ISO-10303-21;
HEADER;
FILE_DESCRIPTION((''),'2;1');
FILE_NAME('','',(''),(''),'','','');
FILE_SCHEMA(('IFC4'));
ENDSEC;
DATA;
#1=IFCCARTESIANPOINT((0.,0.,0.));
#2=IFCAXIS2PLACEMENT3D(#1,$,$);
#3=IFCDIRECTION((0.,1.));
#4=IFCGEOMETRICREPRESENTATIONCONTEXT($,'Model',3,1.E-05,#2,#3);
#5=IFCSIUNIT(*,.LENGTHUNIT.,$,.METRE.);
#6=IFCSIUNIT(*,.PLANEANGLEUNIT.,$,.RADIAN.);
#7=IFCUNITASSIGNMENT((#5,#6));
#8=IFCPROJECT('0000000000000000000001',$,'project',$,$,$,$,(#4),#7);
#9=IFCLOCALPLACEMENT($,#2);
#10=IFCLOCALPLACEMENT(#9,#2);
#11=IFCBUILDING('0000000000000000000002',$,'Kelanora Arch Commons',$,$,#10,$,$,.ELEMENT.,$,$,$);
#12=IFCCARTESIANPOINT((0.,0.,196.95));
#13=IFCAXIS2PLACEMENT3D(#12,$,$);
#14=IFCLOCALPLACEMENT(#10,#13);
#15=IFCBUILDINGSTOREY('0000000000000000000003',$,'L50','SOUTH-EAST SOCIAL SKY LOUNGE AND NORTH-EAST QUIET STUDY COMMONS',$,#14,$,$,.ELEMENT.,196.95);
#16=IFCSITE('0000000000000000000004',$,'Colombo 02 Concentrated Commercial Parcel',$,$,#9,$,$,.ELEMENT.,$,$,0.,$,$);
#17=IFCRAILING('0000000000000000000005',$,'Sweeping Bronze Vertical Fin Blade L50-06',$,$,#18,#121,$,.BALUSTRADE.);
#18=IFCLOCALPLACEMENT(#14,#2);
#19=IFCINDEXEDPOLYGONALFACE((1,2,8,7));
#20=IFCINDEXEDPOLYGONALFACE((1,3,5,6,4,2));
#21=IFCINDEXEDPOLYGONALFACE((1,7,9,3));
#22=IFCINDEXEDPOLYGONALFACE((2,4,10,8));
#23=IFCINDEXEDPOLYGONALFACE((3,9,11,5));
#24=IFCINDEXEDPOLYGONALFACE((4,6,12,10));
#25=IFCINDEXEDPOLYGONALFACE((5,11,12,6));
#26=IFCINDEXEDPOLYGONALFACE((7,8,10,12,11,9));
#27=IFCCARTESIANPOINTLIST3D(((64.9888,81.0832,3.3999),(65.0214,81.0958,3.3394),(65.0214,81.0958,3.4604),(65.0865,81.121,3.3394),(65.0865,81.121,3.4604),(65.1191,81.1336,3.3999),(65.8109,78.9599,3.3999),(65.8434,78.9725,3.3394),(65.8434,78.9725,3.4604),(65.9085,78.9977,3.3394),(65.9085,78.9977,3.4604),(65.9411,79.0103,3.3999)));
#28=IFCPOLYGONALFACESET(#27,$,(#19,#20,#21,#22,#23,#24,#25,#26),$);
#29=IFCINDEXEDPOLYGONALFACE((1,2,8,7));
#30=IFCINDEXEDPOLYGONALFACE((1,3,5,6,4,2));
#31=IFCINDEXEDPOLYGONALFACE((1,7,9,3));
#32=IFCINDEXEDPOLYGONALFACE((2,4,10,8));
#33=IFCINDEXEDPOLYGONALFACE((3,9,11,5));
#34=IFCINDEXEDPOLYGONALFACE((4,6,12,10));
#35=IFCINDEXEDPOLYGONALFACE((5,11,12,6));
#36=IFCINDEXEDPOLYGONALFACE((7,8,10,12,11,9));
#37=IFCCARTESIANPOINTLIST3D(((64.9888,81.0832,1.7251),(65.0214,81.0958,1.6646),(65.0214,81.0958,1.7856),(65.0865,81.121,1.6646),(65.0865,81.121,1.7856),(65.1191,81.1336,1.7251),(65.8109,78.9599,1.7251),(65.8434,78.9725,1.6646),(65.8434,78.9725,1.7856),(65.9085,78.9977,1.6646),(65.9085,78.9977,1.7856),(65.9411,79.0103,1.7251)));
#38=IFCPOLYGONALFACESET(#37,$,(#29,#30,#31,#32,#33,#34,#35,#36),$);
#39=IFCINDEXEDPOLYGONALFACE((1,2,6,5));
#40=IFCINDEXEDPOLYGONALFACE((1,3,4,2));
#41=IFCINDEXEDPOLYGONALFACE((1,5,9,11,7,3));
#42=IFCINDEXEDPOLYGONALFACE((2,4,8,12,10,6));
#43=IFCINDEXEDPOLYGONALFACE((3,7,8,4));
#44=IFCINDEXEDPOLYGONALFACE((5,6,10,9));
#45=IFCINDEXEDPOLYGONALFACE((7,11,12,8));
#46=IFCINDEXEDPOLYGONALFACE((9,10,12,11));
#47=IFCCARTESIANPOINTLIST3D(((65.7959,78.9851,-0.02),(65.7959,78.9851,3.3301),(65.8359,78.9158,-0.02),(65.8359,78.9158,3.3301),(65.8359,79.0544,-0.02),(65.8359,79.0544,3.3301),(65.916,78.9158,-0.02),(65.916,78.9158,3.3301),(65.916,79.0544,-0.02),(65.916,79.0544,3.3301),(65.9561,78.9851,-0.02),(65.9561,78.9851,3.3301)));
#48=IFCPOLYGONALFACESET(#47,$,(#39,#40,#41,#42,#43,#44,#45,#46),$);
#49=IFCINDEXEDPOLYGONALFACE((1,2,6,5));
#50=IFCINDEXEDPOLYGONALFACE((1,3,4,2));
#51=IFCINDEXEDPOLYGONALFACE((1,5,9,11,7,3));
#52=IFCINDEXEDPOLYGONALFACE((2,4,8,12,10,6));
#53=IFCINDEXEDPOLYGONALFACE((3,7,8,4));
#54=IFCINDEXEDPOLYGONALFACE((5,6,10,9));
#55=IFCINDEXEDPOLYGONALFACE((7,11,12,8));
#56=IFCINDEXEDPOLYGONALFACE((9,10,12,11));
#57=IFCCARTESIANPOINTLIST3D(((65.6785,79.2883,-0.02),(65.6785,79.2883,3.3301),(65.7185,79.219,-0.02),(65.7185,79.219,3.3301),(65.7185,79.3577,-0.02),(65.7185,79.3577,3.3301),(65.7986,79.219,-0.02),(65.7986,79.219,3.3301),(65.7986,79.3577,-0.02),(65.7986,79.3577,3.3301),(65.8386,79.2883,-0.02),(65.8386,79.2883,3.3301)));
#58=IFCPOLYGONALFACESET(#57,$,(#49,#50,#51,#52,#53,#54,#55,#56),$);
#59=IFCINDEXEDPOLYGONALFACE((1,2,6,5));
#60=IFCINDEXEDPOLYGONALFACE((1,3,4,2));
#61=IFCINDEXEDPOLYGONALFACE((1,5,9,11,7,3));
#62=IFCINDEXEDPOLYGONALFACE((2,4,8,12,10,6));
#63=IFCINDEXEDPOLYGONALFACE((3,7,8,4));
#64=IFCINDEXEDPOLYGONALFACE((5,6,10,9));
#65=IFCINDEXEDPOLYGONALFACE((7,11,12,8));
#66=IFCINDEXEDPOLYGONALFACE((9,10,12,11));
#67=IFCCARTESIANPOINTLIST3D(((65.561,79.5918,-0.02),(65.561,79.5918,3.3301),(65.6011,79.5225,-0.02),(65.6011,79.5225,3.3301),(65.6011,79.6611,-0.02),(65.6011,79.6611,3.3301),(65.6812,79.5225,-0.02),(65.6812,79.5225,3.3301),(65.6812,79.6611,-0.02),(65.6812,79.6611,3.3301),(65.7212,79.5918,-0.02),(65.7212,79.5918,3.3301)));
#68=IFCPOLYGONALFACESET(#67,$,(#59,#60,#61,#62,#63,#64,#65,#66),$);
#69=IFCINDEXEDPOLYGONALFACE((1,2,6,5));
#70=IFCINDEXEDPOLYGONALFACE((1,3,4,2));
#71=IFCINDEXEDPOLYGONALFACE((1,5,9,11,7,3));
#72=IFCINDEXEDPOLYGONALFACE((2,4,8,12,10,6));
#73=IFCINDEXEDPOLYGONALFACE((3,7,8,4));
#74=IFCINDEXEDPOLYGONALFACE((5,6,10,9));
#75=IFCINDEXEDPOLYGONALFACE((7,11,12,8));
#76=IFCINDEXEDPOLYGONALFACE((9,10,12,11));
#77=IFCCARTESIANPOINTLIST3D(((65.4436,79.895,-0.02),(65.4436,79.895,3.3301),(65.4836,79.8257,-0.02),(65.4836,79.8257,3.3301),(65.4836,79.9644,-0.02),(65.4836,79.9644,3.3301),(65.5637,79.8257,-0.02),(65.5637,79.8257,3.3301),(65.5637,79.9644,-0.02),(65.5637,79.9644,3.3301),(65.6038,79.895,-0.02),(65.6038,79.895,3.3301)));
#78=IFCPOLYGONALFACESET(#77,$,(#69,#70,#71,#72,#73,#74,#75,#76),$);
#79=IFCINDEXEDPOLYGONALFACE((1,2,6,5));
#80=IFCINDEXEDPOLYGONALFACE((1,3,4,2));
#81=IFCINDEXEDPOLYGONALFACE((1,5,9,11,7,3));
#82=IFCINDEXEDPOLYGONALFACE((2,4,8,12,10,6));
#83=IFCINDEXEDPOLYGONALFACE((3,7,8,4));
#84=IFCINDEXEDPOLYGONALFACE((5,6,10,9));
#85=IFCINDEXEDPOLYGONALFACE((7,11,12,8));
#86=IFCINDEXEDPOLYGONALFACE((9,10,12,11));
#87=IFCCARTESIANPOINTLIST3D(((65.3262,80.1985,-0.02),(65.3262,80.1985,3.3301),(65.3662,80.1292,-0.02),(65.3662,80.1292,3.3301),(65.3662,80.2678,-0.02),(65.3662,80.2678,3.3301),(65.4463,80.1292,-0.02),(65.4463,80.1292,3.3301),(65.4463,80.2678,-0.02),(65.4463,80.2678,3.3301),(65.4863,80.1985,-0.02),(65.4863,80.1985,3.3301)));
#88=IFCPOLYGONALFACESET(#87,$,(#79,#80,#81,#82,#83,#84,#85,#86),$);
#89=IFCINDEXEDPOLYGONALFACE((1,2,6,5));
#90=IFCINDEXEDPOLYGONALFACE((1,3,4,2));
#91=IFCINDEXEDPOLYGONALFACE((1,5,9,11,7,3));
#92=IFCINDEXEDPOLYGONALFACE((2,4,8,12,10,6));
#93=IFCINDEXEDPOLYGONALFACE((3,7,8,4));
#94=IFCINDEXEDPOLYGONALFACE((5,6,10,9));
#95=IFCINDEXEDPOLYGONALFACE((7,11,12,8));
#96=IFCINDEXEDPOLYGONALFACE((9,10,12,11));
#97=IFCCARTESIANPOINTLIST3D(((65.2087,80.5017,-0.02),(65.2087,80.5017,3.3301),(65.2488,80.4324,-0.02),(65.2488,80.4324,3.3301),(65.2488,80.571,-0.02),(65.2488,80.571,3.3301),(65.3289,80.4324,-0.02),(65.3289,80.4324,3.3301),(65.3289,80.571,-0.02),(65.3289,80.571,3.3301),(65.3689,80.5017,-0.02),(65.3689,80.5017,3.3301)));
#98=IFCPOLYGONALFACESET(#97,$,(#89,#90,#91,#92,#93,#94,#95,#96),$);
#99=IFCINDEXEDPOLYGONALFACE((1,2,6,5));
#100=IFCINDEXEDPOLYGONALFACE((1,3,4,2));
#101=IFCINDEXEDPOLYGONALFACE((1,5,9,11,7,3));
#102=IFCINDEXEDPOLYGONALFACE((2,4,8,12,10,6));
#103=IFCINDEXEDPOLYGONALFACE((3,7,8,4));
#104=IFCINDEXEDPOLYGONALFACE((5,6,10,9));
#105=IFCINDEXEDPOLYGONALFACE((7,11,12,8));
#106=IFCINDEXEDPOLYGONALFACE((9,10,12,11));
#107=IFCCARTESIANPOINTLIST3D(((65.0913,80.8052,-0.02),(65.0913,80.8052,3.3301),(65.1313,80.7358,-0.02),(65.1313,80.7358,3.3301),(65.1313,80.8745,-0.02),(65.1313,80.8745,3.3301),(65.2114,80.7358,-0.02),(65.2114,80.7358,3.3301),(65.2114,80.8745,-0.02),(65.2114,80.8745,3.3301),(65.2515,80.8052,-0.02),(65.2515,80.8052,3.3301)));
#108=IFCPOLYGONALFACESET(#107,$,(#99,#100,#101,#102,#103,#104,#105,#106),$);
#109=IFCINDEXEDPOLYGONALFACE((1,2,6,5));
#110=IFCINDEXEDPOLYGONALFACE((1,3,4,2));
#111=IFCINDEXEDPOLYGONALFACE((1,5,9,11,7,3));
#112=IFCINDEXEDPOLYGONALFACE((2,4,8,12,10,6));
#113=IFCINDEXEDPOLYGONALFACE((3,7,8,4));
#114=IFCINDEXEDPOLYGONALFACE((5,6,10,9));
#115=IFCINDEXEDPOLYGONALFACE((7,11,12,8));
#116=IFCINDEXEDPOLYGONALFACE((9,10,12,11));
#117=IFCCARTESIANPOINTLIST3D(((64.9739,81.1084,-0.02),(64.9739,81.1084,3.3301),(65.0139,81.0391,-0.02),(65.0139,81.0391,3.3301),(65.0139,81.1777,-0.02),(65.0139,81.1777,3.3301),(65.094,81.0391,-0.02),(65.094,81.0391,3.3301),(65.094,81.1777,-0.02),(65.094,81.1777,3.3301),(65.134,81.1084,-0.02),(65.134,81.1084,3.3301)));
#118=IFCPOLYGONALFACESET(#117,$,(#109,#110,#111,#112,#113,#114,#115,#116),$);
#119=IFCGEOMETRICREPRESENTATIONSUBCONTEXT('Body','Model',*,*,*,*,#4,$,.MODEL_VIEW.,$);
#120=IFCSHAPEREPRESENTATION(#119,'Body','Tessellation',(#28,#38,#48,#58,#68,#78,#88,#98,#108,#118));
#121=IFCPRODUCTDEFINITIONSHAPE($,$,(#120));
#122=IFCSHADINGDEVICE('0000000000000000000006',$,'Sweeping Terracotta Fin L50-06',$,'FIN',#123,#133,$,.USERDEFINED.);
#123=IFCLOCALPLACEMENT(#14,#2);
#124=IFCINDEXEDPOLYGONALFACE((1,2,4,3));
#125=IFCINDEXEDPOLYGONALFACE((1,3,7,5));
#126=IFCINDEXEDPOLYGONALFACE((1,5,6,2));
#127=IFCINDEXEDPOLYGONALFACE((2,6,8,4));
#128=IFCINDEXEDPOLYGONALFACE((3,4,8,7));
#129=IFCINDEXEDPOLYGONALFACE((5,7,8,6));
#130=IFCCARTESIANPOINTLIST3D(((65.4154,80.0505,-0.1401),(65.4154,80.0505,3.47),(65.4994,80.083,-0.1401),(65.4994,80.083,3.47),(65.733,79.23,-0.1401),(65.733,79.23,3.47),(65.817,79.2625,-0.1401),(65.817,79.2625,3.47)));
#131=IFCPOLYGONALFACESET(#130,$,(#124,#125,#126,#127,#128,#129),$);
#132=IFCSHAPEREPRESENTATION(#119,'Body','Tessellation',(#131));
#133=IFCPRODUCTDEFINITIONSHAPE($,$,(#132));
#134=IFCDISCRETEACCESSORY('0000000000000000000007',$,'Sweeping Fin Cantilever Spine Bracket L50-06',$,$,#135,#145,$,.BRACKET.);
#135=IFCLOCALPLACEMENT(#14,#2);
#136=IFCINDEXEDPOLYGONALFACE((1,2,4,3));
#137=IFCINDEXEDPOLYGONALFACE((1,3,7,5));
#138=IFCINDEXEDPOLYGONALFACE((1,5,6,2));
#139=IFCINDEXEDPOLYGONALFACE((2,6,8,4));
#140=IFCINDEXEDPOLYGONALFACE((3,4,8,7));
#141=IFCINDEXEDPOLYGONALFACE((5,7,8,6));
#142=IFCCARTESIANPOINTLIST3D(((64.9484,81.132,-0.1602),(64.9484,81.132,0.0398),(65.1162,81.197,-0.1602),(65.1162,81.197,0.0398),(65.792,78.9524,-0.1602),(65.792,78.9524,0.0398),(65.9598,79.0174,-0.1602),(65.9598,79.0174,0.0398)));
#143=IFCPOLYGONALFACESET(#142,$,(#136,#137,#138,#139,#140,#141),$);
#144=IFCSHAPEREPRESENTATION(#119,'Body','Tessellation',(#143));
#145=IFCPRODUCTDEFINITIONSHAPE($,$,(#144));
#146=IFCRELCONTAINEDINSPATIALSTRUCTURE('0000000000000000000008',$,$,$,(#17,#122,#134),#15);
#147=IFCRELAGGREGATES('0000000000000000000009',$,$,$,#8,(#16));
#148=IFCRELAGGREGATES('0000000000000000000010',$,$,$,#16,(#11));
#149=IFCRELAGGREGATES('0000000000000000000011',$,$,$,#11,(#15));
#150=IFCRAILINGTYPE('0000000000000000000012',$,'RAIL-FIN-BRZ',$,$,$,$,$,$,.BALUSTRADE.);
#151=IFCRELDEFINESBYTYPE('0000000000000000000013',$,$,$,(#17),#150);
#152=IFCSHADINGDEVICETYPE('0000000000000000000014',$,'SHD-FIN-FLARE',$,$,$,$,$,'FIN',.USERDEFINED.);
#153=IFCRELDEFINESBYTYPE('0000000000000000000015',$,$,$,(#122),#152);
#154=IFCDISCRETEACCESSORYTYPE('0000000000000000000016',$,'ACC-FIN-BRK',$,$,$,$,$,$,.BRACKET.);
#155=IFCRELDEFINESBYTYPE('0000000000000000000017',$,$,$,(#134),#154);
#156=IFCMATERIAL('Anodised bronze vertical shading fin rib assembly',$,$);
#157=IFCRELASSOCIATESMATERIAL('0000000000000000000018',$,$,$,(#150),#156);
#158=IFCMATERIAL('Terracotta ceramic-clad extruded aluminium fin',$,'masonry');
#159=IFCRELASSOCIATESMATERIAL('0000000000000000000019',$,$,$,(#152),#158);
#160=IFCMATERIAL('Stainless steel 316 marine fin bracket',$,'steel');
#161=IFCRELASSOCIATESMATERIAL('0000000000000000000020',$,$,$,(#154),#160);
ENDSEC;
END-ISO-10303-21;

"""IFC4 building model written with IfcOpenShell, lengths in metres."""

from ifc_helpers import new_model, si_unit, direction, frame, origin, origin_2d, place, context, subcontext, project, spatial, polyline, rectangle, outline, extrude, source, transform, mapped, material, type_object, element, save


model = new_model("IFC4")

# Units and contexts
model_context = context("Model", 3, precision=1e-05, world=origin(), true_north=direction((0.0, 1.0)))
body_context = subcontext(model_context, "Body", "Model", "MODEL_VIEW")
ifc_project = project(units=[si_unit("LENGTHUNIT", "METRE"), si_unit("PLANEANGLEUNIT", "RADIAN")], contexts=[model_context])

# Site, building, storey
site_placement = place(None, origin())
site = spatial("IfcSite", under=ifc_project, at=site_placement, Name="Colombo 02 Concentrated Commercial Parcel", CompositionType="ELEMENT", RefElevation=0.0)
building_placement = place(site_placement, origin())
building = spatial("IfcBuilding", under=site, at=building_placement, Name="Kelanora Arch Commons", CompositionType="ELEMENT")
storey_placement = place(building_placement, frame((0.0, 0.0, 196.95)))
storey = spatial("IfcBuildingStorey", under=building, at=storey_placement, Name="L50", Description="SOUTH-EAST SOCIAL SKY LOUNGE AND NORTH-EAST QUIET STUDY COMMONS", CompositionType="ELEMENT", Elevation=196.95)

# Railing
ifc_material_1 = material(Name="Anodised bronze vertical shading fin rib assembly")
railing_type = type_object("IfcRailingType", Name="RAIL-FIN-BRZ", PredefinedType="BALUSTRADE", material=ifc_material_1)
railing_placement = place(storey_placement, frame((65.876, 78.9851, -0.02)))
element("IfcRailing", 1, at=railing_placement, inside=storey, type_object=railing_type, Name="Sweeping Bronze Vertical Fin Blade L50-06", PredefinedType="BALUSTRADE", context=body_context, shape_type="SweptSolid", body=[
    extrude(outline(polyline([(0.0698, 0.0), (0.0349, 0.0605), (-0.0349, 0.0605), (-0.0698, 0.0), (-0.0349, -0.0605), (0.0349, -0.0605), (0.0698, 0.0)])), frame((0.0, 0.0, 3.4199), z_axis=(-0.361033, 0.932553, 0.0), x_axis=(-0.932553, -0.361033, 0.0)), (0.0, 0.0, 1.0), 2.2769),
    extrude(outline(polyline([(0.0698, 0.0), (0.0349, 0.0605), (-0.0349, 0.0605), (-0.0698, 0.0), (-0.0349, -0.0605), (0.0349, -0.0605), (0.0698, 0.0)])), frame((0.0, 0.0, 1.7451), z_axis=(-0.361033, 0.932553, 0.0), x_axis=(-0.932553, -0.361033, 0.0)), (0.0, 0.0, 1.0), 2.2769),
    extrude(outline(polyline([(0.0801, 0.0), (0.04, 0.0693), (-0.04, 0.0693), (-0.0801, 0.0), (-0.04, -0.0693), (0.04, -0.0693), (0.0801, 0.0)])), origin(), (0.0, 0.0, 1.0), 3.3501),
    extrude(outline(polyline([(0.0801, 0.0), (0.04, 0.0693), (-0.04, 0.0693), (-0.0801, 0.0), (-0.04, -0.0693), (0.04, -0.0693), (0.0801, 0.0)])), frame((-0.1174, 0.3032, 0.0)), (0.0, 0.0, 1.0), 3.3501),
    extrude(outline(polyline([(0.0801, 0.0), (0.04, 0.0693), (-0.04, 0.0693), (-0.0801, 0.0), (-0.04, -0.0693), (0.04, -0.0693), (0.0801, 0.0)])), frame((-0.2349, 0.6067, 0.0)), (0.0, 0.0, 1.0), 3.3501),
    extrude(outline(polyline([(0.0801, 0.0), (0.04, 0.0693), (-0.04, 0.0693), (-0.0801, 0.0), (-0.04, -0.0693), (0.04, -0.0693), (0.0801, 0.0)])), frame((-0.3523, 0.9099, 0.0)), (0.0, 0.0, 1.0), 3.3501),
    extrude(outline(polyline([(0.0801, 0.0), (0.04, 0.0693), (-0.04, 0.0693), (-0.0801, 0.0), (-0.04, -0.0693), (0.04, -0.0693), (0.0801, 0.0)])), frame((-0.4697, 1.2134, 0.0)), (0.0, 0.0, 1.0), 3.3501),
    extrude(outline(polyline([(0.0801, 0.0), (0.04, 0.0693), (-0.04, 0.0693), (-0.0801, 0.0), (-0.04, -0.0693), (0.04, -0.0693), (0.0801, 0.0)])), frame((-0.5872, 1.5166, 0.0)), (0.0, 0.0, 1.0), 3.3501),
    extrude(outline(polyline([(0.0801, 0.0), (0.04, 0.0693), (-0.04, 0.0693), (-0.0801, 0.0), (-0.04, -0.0693), (0.04, -0.0693), (0.0801, 0.0)])), frame((-0.7046, 1.8201, 0.0)), (0.0, 0.0, 1.0), 3.3501),
    extrude(outline(polyline([(0.0801, 0.0), (0.04, 0.0693), (-0.04, 0.0693), (-0.0801, 0.0), (-0.04, -0.0693), (0.04, -0.0693), (0.0801, 0.0)])), frame((-0.822, 2.1233, 0.0)), (0.0, 0.0, 1.0), 3.3501),
])

# Shading device
ifc_material_2 = material(Name="Terracotta ceramic-clad extruded aluminium fin", Category="masonry")
shading_device_type = type_object("IfcShadingDeviceType", Name="SHD-FIN-FLARE", ElementType="FIN", PredefinedType="USERDEFINED", material=ifc_material_2)
shared_shape_1 = source(origin(), body_context, "Body", "SweptSolid", [
    extrude(rectangle(XDim=0.8799, YDim=0.0901, at=origin_2d()), origin(), (0.0, 0.0, 1.0), 3.6101),
])
shading_device_placement = place(storey_placement, frame((65.6162, 79.6565, -0.1401), z_axis=(0.0, 0.0, 1.0), x_axis=(-0.360974, 0.932576, 0.0)))
element("IfcShadingDevice", 2, at=shading_device_placement, inside=storey, type_object=shading_device_type, Name="Sweeping Terracotta Fin L50-06", ObjectType="FIN", PredefinedType="USERDEFINED", context=body_context, shape_type="MappedRepresentation", body=[
    mapped(shared_shape_1, transform((0.0, 0.0, 0.0), scale=1.0)),
])

# Discrete accessory
ifc_material_3 = material(Name="Stainless steel 316 marine fin bracket", Category="steel")
discrete_accessory_type = type_object("IfcDiscreteAccessoryType", Name="ACC-FIN-BRK", PredefinedType="BRACKET", material=ifc_material_3)
shared_shape_2 = source(origin(), body_context, "Body", "SweptSolid", [
    extrude(rectangle(XDim=2.3372, YDim=0.1799, at=origin_2d()), origin(), (0.0, 0.0, 1.0), 0.2),
])
discrete_accessory_placement = place(storey_placement, frame((65.4541, 80.0747, -0.1602), z_axis=(0.0, 0.0, 1.0), x_axis=(-0.360974, 0.932576, 0.0)))
element("IfcDiscreteAccessory", 3, at=discrete_accessory_placement, inside=storey, type_object=discrete_accessory_type, Name="Sweeping Fin Cantilever Spine Bracket L50-06", PredefinedType="BRACKET", context=body_context, shape_type="MappedRepresentation", body=[
    mapped(shared_shape_2, transform((0.0, 0.0, 0.0), scale=1.0)),
])

save(model, "model.ifc")
